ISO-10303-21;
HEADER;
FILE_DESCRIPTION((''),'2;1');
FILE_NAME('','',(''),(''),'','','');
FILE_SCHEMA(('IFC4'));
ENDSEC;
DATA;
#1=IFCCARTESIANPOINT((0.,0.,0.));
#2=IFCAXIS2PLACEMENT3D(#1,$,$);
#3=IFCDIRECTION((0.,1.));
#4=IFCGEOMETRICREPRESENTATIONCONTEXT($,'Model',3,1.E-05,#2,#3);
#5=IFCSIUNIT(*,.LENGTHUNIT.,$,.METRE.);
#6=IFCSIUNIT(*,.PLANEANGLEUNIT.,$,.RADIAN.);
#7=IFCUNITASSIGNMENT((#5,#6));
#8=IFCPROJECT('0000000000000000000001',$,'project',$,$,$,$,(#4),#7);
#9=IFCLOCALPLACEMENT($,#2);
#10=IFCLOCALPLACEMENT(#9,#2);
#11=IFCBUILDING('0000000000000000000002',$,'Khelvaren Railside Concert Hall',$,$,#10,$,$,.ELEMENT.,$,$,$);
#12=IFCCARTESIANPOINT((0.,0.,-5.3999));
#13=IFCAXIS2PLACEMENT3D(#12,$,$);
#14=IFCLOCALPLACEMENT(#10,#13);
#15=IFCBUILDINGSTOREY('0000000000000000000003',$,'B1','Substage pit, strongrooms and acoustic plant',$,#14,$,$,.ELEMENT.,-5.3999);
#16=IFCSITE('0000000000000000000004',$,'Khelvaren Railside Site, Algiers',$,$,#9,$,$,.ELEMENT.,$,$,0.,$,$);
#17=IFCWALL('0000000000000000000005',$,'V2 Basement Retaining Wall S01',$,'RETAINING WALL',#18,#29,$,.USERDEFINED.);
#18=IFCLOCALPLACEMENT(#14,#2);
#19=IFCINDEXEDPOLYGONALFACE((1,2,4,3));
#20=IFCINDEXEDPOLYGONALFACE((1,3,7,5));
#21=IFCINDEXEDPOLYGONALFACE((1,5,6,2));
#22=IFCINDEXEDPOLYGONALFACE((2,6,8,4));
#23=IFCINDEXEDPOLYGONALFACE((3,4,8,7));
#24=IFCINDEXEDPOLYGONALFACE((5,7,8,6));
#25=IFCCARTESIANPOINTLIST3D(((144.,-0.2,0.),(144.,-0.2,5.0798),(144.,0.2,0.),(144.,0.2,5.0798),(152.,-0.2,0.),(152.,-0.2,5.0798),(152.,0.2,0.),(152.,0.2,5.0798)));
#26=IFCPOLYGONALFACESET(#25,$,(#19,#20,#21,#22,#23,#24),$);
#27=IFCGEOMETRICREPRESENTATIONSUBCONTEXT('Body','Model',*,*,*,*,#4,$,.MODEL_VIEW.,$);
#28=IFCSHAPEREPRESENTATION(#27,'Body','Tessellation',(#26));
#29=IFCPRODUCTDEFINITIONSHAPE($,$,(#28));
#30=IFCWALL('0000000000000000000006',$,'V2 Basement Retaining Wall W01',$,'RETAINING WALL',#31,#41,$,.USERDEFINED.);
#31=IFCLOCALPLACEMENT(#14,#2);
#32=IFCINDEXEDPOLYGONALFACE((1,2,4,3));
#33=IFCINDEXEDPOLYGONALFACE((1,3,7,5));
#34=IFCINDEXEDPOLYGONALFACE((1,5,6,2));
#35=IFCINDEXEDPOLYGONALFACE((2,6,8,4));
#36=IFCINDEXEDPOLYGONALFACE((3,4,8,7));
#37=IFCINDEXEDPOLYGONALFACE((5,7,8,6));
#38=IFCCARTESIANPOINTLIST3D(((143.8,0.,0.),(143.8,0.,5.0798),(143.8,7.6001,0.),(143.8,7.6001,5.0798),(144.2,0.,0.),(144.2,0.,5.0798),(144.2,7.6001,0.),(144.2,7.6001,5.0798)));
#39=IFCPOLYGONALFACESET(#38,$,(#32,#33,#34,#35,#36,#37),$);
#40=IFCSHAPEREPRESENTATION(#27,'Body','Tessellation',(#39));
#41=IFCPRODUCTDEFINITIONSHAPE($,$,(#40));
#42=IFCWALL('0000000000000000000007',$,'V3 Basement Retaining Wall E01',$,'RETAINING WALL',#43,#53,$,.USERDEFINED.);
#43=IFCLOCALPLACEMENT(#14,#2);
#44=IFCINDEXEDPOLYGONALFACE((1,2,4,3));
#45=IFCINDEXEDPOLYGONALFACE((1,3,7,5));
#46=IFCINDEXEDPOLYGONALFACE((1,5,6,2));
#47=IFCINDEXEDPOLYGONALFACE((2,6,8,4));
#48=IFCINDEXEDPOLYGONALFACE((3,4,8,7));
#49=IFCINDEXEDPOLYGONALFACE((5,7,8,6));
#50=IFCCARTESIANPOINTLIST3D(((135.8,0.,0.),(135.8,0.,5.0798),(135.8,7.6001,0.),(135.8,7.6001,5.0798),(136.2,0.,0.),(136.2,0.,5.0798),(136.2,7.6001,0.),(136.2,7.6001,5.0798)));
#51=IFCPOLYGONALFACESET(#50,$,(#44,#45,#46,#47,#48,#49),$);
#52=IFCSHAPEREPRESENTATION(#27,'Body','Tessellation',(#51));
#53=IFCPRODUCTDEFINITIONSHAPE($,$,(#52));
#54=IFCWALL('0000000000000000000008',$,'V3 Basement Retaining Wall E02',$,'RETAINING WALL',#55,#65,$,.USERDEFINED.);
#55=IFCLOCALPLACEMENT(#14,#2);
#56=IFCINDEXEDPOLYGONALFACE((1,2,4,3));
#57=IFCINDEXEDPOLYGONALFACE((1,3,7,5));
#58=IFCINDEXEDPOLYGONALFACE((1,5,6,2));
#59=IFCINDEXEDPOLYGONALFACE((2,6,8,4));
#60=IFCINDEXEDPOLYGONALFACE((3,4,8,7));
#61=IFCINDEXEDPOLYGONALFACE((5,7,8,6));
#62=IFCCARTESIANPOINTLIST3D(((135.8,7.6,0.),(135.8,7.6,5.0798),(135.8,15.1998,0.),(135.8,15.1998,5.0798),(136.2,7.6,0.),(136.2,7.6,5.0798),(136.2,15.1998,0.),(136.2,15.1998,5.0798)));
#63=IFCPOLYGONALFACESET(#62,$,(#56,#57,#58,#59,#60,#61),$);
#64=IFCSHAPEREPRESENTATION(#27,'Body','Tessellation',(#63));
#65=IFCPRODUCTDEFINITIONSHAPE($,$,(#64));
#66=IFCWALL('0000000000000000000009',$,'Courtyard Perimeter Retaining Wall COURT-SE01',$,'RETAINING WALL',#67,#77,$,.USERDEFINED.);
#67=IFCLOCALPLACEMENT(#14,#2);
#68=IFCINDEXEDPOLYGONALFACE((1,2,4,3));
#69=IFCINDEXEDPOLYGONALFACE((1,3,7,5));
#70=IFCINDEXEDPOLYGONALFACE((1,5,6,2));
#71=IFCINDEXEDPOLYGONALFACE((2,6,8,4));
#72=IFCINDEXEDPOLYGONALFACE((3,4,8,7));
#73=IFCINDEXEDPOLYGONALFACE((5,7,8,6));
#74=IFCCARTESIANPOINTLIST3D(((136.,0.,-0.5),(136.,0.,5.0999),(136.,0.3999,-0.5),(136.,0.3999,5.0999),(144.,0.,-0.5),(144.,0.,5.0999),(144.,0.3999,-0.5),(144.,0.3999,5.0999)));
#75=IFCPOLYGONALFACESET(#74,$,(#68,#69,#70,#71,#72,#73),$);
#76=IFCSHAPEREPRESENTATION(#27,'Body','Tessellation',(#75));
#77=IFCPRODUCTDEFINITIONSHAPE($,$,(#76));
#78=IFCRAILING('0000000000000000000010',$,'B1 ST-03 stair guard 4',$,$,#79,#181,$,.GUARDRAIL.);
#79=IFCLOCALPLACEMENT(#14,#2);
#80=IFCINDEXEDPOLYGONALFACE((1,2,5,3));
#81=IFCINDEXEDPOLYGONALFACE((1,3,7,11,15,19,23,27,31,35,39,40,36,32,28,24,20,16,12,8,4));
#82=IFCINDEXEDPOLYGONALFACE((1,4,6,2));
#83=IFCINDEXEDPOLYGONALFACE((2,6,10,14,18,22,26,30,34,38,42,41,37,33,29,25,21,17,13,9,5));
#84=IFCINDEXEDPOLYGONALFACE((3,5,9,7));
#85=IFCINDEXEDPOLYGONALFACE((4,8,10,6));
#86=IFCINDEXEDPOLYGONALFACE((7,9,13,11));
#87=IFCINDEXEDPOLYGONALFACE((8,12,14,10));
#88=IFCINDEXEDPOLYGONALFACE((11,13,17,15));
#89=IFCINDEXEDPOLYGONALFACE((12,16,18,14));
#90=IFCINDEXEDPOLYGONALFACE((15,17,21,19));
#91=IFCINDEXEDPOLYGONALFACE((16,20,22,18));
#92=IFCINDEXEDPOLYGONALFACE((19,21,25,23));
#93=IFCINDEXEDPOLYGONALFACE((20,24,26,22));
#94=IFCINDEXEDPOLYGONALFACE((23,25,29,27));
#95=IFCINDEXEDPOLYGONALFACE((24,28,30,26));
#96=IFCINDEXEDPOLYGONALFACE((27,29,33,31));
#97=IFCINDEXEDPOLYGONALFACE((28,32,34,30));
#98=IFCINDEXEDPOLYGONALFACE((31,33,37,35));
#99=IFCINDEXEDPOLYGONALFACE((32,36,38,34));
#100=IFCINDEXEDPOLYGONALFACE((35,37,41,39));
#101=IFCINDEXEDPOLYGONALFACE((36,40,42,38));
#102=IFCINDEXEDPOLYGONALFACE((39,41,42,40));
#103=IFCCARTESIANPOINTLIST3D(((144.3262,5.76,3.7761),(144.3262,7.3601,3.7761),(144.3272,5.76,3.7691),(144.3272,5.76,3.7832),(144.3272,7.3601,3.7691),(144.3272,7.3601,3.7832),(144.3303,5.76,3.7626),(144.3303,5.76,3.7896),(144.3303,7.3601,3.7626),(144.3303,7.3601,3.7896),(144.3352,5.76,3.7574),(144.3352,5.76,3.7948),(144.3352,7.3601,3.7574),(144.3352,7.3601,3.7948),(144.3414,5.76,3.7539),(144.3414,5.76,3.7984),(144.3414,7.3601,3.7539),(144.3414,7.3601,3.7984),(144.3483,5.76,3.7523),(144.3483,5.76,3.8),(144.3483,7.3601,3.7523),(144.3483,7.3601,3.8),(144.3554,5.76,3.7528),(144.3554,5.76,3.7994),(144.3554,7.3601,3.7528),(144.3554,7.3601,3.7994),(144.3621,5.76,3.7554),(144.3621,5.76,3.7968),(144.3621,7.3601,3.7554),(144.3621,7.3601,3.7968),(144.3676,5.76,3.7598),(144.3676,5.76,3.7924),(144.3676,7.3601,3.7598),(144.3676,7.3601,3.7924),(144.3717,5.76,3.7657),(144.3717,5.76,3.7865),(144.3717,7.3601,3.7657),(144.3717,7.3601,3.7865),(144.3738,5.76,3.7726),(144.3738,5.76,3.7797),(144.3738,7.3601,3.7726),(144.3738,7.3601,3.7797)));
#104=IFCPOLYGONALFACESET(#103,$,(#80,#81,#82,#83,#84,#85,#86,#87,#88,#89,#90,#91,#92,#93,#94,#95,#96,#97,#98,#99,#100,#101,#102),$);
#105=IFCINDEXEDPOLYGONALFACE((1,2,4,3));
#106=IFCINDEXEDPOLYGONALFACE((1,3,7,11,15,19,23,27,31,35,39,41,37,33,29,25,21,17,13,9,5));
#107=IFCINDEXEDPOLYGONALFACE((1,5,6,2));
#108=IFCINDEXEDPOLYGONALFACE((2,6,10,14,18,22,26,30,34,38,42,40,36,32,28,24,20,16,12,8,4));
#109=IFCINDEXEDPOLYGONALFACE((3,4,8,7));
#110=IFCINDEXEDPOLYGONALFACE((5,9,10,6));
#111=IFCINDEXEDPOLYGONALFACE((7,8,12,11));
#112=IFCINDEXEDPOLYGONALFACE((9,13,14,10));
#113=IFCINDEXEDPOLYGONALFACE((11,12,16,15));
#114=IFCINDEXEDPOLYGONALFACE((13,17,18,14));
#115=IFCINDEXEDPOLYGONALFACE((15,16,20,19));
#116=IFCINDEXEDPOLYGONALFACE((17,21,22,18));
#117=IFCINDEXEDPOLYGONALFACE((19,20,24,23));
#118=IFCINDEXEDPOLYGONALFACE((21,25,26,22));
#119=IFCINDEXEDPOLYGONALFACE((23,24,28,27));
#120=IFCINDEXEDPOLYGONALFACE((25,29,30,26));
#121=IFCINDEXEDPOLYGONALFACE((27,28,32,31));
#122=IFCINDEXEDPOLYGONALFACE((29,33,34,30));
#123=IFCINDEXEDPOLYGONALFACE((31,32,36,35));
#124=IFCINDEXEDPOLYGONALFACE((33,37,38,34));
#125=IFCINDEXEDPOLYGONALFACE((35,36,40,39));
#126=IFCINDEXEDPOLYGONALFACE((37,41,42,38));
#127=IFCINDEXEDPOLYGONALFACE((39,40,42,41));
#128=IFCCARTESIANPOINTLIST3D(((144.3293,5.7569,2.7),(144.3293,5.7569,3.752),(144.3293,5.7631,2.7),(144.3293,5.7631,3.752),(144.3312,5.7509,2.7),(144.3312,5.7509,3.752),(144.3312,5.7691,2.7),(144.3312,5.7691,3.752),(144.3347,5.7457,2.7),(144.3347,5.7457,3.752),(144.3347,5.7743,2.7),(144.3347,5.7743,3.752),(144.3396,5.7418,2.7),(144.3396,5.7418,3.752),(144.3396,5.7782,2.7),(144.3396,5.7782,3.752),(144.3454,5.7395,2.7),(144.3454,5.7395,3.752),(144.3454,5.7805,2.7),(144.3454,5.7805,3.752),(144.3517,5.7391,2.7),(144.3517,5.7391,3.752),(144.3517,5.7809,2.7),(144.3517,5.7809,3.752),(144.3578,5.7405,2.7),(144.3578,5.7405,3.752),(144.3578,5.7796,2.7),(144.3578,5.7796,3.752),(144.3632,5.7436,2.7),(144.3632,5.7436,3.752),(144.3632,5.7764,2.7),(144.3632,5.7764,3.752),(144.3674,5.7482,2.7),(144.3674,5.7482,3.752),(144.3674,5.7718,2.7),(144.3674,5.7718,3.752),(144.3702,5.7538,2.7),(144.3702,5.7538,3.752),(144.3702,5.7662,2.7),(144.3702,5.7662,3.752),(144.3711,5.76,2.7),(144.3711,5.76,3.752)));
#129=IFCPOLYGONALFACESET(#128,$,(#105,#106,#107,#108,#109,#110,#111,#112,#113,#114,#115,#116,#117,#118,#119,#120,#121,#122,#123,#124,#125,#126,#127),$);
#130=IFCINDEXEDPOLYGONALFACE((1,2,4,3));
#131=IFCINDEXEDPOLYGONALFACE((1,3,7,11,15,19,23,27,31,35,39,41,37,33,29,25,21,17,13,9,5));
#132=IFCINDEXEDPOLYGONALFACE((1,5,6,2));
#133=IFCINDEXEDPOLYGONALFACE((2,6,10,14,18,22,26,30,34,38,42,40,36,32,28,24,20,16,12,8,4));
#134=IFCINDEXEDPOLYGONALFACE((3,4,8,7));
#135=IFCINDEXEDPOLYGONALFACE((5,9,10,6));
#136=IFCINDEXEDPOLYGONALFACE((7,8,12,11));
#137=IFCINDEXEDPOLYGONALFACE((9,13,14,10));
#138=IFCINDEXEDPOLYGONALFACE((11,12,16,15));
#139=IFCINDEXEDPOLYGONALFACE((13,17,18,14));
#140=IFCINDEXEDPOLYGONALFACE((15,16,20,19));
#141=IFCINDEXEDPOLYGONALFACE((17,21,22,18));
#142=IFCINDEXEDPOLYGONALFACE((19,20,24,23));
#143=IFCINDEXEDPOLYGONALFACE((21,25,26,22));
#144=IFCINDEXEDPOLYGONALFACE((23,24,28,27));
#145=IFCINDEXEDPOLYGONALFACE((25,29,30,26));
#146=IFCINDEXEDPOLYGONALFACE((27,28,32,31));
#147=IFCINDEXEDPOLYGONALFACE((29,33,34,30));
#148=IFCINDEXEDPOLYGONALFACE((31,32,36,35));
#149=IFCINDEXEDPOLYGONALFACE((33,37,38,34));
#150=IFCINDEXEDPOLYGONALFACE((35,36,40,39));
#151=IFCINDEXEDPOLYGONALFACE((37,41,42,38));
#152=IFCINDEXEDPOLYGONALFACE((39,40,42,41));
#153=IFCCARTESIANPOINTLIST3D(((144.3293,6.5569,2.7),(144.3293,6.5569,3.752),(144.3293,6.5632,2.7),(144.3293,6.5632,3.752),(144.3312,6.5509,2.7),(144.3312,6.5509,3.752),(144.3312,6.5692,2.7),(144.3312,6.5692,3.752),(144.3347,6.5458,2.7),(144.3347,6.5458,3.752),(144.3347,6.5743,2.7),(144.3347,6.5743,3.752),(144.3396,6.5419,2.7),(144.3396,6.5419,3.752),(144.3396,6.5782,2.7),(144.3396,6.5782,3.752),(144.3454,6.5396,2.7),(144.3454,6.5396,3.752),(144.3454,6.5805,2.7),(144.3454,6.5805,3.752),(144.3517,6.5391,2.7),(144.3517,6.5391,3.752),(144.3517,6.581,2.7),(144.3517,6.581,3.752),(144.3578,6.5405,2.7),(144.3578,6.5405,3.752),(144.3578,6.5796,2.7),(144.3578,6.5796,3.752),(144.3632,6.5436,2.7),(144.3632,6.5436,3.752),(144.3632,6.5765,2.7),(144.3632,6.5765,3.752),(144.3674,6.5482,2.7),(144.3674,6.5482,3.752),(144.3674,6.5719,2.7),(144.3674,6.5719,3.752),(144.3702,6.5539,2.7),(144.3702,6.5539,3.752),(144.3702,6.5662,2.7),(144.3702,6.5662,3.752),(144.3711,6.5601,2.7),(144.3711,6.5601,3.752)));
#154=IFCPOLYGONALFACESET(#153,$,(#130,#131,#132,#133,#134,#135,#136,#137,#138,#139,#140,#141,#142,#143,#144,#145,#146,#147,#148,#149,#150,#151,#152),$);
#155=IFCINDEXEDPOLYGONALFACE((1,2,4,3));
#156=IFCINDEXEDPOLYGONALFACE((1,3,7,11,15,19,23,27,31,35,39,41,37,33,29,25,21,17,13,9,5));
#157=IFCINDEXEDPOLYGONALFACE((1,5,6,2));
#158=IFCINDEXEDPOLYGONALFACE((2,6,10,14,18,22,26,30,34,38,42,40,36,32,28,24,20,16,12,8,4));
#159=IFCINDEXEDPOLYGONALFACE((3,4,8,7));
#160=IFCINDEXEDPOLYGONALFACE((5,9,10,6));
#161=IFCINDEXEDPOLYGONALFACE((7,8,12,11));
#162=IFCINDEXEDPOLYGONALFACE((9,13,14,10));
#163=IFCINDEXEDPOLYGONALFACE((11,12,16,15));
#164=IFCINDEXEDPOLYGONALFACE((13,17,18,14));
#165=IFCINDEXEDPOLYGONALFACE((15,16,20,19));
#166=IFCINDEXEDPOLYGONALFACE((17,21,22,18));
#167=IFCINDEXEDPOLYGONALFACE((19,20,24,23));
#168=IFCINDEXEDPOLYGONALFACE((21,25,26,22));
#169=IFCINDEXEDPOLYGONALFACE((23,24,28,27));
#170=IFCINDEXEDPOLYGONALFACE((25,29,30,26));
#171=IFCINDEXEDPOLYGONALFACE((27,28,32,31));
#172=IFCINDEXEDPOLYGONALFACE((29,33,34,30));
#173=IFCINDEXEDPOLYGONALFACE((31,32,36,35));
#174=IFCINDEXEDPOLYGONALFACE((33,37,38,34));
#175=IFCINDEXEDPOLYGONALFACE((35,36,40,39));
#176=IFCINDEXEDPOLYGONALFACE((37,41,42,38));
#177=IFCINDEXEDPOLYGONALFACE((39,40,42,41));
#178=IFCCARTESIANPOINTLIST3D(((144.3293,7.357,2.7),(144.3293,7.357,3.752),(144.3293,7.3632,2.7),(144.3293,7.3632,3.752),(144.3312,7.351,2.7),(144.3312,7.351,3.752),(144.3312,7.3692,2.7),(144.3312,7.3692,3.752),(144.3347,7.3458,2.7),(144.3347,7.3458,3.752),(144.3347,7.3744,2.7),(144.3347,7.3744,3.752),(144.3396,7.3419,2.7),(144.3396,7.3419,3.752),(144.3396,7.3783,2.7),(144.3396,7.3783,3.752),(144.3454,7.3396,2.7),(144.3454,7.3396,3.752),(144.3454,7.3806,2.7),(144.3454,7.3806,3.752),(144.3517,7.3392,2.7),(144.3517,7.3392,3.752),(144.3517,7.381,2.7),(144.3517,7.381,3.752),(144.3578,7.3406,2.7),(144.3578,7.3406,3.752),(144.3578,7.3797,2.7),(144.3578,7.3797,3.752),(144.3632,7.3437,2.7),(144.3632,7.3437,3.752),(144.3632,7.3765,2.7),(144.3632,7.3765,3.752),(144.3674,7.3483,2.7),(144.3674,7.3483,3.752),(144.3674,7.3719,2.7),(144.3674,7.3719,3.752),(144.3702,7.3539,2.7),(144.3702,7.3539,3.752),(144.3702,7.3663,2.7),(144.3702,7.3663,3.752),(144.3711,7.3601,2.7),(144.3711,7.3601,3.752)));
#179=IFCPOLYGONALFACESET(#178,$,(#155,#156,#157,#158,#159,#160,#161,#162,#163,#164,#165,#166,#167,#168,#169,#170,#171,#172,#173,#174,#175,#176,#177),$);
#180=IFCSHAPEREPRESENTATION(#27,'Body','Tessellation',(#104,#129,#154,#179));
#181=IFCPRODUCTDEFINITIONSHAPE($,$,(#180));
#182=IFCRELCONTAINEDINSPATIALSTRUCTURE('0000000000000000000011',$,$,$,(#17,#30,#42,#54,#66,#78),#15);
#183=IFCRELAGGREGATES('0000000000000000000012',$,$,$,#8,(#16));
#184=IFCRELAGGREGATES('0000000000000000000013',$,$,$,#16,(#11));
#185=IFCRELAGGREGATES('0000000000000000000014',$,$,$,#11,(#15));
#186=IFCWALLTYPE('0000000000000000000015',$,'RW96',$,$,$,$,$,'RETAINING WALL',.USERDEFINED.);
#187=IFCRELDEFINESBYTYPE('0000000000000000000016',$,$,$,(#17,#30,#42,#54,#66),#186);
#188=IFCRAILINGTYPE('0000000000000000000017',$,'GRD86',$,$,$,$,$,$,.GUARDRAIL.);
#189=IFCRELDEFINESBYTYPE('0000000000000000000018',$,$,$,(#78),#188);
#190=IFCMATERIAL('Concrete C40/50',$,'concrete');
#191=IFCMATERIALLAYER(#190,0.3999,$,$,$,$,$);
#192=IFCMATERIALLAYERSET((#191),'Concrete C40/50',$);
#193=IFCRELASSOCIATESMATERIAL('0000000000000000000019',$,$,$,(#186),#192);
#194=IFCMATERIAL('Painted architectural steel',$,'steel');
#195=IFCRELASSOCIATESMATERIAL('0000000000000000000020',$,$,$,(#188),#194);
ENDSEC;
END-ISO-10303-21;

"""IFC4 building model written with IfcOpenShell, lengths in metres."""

from ifc_helpers import new_model, si_unit, direction, frame, frame_2d, origin, origin_2d, place, context, subcontext, project, spatial, rectangle, circle, extrude, material, layer, layer_set, type_object, element, save


model = new_model("IFC4")

# Units and contexts
model_context = context("Model", 3, precision=1e-05, world=origin(), true_north=direction((0.0, 1.0)))
body_context = subcontext(model_context, "Body", "Model", "MODEL_VIEW")
ifc_project = project(units=[si_unit("LENGTHUNIT", "METRE"), si_unit("PLANEANGLEUNIT", "RADIAN")], contexts=[model_context])

# Site, building, storey
site_placement = place(None, origin())
site = spatial("IfcSite", under=ifc_project, at=site_placement, Name="Khelvaren Railside Site, Algiers", CompositionType="ELEMENT", RefElevation=0.0)
building_placement = place(site_placement, origin())
building = spatial("IfcBuilding", under=site, at=building_placement, Name="Khelvaren Railside Concert Hall", CompositionType="ELEMENT")
storey_placement = place(building_placement, frame((0.0, 0.0, -5.3999)))
storey = spatial("IfcBuildingStorey", under=building, at=storey_placement, Name="B1", Description="Substage pit, strongrooms and acoustic plant", CompositionType="ELEMENT", Elevation=-5.3999)

# Shared definitions
ifc_material_1 = material(Name="Concrete C40/50", Category="concrete")

# Walls
ifc_layer_1 = layer(ifc_material_1, 0.3999)
ifc_layer_set_1 = layer_set([ifc_layer_1], Name="Concrete C40/50")
wall_type_1 = type_object("IfcWallType", Name="RW96", ElementType="RETAINING WALL", PredefinedType="USERDEFINED", material=ifc_layer_set_1)
wall_1_placement = place(storey_placement, frame((144.0, 0.0, 0.0), z_axis=(0.0, 0.0, 1.0), x_axis=(1.0, 0.0, 0.0)))
element("IfcWall", 1, at=wall_1_placement, inside=storey, type_object=wall_type_1, Name="V2 Basement Retaining Wall S01", ObjectType="RETAINING WALL", PredefinedType="USERDEFINED", context=body_context, shape_type="SweptSolid", body=[
    extrude(rectangle(XDim=8.0, YDim=0.3999, at=frame_2d((4.0, 0.0))), origin(), (0.0, 0.0, 1.0), 5.0798),
])
for number, where, z_axis, x_axis, name in (
    (2, (144.0, 7.6001, 0.0), (0.0, 0.0, 1.0), (0.0, -1.0, 0.0), "V2 Basement Retaining Wall W01"),
    (3, (136.0, 0.0, 0.0), (0.0, 0.0, 1.0), (0.0, 1.0, 0.0), "V3 Basement Retaining Wall E01"),
):
    element("IfcWall", number, at=place(storey_placement, frame(where, z_axis=z_axis, x_axis=x_axis)), inside=storey, type_object=wall_type_1, Name=name, ObjectType="RETAINING WALL", PredefinedType="USERDEFINED", context=body_context, shape_type="SweptSolid", body=[
        extrude(rectangle(XDim=7.6001, YDim=0.3999, at=frame_2d((3.8, 0.0))), origin(), (0.0, 0.0, 1.0), 5.0798),
    ])
wall_2_placement = place(storey_placement, frame((136.0, 7.6001, 0.0), z_axis=(0.0, 0.0, 1.0), x_axis=(0.0, 1.0, 0.0)))
element("IfcWall", 4, at=wall_2_placement, inside=storey, type_object=wall_type_1, Name="V3 Basement Retaining Wall E02", ObjectType="RETAINING WALL", PredefinedType="USERDEFINED", context=body_context, shape_type="SweptSolid", body=[
    extrude(rectangle(XDim=7.5999, YDim=0.3999, at=frame_2d((3.7998, 0.0))), origin(), (0.0, 0.0, 1.0), 5.0798),
])
wall_3_placement = place(storey_placement, frame((144.0, 0.2, -0.5), z_axis=(0.0, 0.0, 1.0), x_axis=(-1.0, 0.0, 0.0)))
element("IfcWall", 5, at=wall_3_placement, inside=storey, type_object=wall_type_1, Name="Courtyard Perimeter Retaining Wall COURT-SE01", ObjectType="RETAINING WALL", PredefinedType="USERDEFINED", context=body_context, shape_type="SweptSolid", body=[
    extrude(rectangle(XDim=8.0, YDim=0.3999, at=frame_2d((4.0, 0.0))), origin(), (0.0, 0.0, 1.0), 5.5999),
])

# Railing
ifc_material_2 = material(Name="Painted architectural steel", Category="steel")
railing_type_1 = type_object("IfcRailingType", Name="GRD86", PredefinedType="GUARDRAIL", material=ifc_material_2)
for number, where, name in (
    (6, (144.3501, 5.76, 2.7), "B1 ST-03 stair guard 4"),
):
    element("IfcRailing", number, at=place(storey_placement, frame(where)), inside=storey, type_object=railing_type_1, Name=name, PredefinedType="GUARDRAIL", context=body_context, shape_type="SweptSolid", body=[
        extrude(circle(Radius=0.0239, at=origin_2d()), frame((0.0, 0.0, 1.0762), z_axis=(0.0, 1.0, 0.0), x_axis=(-1.0, 0.0, 0.0)), (0.0, 0.0, 1.0), 1.6001),
        extrude(circle(Radius=0.021, at=origin_2d()), origin(), (0.0, 0.0, 1.0), 1.052),
        extrude(circle(Radius=0.021, at=origin_2d()), frame((0.0, 0.8, 0.0)), (0.0, 0.0, 1.0), 1.052),
        extrude(circle(Radius=0.021, at=origin_2d()), frame((0.0, 1.6001, 0.0)), (0.0, 0.0, 1.0), 1.052),
    ])

save(model, "model.ifc")
